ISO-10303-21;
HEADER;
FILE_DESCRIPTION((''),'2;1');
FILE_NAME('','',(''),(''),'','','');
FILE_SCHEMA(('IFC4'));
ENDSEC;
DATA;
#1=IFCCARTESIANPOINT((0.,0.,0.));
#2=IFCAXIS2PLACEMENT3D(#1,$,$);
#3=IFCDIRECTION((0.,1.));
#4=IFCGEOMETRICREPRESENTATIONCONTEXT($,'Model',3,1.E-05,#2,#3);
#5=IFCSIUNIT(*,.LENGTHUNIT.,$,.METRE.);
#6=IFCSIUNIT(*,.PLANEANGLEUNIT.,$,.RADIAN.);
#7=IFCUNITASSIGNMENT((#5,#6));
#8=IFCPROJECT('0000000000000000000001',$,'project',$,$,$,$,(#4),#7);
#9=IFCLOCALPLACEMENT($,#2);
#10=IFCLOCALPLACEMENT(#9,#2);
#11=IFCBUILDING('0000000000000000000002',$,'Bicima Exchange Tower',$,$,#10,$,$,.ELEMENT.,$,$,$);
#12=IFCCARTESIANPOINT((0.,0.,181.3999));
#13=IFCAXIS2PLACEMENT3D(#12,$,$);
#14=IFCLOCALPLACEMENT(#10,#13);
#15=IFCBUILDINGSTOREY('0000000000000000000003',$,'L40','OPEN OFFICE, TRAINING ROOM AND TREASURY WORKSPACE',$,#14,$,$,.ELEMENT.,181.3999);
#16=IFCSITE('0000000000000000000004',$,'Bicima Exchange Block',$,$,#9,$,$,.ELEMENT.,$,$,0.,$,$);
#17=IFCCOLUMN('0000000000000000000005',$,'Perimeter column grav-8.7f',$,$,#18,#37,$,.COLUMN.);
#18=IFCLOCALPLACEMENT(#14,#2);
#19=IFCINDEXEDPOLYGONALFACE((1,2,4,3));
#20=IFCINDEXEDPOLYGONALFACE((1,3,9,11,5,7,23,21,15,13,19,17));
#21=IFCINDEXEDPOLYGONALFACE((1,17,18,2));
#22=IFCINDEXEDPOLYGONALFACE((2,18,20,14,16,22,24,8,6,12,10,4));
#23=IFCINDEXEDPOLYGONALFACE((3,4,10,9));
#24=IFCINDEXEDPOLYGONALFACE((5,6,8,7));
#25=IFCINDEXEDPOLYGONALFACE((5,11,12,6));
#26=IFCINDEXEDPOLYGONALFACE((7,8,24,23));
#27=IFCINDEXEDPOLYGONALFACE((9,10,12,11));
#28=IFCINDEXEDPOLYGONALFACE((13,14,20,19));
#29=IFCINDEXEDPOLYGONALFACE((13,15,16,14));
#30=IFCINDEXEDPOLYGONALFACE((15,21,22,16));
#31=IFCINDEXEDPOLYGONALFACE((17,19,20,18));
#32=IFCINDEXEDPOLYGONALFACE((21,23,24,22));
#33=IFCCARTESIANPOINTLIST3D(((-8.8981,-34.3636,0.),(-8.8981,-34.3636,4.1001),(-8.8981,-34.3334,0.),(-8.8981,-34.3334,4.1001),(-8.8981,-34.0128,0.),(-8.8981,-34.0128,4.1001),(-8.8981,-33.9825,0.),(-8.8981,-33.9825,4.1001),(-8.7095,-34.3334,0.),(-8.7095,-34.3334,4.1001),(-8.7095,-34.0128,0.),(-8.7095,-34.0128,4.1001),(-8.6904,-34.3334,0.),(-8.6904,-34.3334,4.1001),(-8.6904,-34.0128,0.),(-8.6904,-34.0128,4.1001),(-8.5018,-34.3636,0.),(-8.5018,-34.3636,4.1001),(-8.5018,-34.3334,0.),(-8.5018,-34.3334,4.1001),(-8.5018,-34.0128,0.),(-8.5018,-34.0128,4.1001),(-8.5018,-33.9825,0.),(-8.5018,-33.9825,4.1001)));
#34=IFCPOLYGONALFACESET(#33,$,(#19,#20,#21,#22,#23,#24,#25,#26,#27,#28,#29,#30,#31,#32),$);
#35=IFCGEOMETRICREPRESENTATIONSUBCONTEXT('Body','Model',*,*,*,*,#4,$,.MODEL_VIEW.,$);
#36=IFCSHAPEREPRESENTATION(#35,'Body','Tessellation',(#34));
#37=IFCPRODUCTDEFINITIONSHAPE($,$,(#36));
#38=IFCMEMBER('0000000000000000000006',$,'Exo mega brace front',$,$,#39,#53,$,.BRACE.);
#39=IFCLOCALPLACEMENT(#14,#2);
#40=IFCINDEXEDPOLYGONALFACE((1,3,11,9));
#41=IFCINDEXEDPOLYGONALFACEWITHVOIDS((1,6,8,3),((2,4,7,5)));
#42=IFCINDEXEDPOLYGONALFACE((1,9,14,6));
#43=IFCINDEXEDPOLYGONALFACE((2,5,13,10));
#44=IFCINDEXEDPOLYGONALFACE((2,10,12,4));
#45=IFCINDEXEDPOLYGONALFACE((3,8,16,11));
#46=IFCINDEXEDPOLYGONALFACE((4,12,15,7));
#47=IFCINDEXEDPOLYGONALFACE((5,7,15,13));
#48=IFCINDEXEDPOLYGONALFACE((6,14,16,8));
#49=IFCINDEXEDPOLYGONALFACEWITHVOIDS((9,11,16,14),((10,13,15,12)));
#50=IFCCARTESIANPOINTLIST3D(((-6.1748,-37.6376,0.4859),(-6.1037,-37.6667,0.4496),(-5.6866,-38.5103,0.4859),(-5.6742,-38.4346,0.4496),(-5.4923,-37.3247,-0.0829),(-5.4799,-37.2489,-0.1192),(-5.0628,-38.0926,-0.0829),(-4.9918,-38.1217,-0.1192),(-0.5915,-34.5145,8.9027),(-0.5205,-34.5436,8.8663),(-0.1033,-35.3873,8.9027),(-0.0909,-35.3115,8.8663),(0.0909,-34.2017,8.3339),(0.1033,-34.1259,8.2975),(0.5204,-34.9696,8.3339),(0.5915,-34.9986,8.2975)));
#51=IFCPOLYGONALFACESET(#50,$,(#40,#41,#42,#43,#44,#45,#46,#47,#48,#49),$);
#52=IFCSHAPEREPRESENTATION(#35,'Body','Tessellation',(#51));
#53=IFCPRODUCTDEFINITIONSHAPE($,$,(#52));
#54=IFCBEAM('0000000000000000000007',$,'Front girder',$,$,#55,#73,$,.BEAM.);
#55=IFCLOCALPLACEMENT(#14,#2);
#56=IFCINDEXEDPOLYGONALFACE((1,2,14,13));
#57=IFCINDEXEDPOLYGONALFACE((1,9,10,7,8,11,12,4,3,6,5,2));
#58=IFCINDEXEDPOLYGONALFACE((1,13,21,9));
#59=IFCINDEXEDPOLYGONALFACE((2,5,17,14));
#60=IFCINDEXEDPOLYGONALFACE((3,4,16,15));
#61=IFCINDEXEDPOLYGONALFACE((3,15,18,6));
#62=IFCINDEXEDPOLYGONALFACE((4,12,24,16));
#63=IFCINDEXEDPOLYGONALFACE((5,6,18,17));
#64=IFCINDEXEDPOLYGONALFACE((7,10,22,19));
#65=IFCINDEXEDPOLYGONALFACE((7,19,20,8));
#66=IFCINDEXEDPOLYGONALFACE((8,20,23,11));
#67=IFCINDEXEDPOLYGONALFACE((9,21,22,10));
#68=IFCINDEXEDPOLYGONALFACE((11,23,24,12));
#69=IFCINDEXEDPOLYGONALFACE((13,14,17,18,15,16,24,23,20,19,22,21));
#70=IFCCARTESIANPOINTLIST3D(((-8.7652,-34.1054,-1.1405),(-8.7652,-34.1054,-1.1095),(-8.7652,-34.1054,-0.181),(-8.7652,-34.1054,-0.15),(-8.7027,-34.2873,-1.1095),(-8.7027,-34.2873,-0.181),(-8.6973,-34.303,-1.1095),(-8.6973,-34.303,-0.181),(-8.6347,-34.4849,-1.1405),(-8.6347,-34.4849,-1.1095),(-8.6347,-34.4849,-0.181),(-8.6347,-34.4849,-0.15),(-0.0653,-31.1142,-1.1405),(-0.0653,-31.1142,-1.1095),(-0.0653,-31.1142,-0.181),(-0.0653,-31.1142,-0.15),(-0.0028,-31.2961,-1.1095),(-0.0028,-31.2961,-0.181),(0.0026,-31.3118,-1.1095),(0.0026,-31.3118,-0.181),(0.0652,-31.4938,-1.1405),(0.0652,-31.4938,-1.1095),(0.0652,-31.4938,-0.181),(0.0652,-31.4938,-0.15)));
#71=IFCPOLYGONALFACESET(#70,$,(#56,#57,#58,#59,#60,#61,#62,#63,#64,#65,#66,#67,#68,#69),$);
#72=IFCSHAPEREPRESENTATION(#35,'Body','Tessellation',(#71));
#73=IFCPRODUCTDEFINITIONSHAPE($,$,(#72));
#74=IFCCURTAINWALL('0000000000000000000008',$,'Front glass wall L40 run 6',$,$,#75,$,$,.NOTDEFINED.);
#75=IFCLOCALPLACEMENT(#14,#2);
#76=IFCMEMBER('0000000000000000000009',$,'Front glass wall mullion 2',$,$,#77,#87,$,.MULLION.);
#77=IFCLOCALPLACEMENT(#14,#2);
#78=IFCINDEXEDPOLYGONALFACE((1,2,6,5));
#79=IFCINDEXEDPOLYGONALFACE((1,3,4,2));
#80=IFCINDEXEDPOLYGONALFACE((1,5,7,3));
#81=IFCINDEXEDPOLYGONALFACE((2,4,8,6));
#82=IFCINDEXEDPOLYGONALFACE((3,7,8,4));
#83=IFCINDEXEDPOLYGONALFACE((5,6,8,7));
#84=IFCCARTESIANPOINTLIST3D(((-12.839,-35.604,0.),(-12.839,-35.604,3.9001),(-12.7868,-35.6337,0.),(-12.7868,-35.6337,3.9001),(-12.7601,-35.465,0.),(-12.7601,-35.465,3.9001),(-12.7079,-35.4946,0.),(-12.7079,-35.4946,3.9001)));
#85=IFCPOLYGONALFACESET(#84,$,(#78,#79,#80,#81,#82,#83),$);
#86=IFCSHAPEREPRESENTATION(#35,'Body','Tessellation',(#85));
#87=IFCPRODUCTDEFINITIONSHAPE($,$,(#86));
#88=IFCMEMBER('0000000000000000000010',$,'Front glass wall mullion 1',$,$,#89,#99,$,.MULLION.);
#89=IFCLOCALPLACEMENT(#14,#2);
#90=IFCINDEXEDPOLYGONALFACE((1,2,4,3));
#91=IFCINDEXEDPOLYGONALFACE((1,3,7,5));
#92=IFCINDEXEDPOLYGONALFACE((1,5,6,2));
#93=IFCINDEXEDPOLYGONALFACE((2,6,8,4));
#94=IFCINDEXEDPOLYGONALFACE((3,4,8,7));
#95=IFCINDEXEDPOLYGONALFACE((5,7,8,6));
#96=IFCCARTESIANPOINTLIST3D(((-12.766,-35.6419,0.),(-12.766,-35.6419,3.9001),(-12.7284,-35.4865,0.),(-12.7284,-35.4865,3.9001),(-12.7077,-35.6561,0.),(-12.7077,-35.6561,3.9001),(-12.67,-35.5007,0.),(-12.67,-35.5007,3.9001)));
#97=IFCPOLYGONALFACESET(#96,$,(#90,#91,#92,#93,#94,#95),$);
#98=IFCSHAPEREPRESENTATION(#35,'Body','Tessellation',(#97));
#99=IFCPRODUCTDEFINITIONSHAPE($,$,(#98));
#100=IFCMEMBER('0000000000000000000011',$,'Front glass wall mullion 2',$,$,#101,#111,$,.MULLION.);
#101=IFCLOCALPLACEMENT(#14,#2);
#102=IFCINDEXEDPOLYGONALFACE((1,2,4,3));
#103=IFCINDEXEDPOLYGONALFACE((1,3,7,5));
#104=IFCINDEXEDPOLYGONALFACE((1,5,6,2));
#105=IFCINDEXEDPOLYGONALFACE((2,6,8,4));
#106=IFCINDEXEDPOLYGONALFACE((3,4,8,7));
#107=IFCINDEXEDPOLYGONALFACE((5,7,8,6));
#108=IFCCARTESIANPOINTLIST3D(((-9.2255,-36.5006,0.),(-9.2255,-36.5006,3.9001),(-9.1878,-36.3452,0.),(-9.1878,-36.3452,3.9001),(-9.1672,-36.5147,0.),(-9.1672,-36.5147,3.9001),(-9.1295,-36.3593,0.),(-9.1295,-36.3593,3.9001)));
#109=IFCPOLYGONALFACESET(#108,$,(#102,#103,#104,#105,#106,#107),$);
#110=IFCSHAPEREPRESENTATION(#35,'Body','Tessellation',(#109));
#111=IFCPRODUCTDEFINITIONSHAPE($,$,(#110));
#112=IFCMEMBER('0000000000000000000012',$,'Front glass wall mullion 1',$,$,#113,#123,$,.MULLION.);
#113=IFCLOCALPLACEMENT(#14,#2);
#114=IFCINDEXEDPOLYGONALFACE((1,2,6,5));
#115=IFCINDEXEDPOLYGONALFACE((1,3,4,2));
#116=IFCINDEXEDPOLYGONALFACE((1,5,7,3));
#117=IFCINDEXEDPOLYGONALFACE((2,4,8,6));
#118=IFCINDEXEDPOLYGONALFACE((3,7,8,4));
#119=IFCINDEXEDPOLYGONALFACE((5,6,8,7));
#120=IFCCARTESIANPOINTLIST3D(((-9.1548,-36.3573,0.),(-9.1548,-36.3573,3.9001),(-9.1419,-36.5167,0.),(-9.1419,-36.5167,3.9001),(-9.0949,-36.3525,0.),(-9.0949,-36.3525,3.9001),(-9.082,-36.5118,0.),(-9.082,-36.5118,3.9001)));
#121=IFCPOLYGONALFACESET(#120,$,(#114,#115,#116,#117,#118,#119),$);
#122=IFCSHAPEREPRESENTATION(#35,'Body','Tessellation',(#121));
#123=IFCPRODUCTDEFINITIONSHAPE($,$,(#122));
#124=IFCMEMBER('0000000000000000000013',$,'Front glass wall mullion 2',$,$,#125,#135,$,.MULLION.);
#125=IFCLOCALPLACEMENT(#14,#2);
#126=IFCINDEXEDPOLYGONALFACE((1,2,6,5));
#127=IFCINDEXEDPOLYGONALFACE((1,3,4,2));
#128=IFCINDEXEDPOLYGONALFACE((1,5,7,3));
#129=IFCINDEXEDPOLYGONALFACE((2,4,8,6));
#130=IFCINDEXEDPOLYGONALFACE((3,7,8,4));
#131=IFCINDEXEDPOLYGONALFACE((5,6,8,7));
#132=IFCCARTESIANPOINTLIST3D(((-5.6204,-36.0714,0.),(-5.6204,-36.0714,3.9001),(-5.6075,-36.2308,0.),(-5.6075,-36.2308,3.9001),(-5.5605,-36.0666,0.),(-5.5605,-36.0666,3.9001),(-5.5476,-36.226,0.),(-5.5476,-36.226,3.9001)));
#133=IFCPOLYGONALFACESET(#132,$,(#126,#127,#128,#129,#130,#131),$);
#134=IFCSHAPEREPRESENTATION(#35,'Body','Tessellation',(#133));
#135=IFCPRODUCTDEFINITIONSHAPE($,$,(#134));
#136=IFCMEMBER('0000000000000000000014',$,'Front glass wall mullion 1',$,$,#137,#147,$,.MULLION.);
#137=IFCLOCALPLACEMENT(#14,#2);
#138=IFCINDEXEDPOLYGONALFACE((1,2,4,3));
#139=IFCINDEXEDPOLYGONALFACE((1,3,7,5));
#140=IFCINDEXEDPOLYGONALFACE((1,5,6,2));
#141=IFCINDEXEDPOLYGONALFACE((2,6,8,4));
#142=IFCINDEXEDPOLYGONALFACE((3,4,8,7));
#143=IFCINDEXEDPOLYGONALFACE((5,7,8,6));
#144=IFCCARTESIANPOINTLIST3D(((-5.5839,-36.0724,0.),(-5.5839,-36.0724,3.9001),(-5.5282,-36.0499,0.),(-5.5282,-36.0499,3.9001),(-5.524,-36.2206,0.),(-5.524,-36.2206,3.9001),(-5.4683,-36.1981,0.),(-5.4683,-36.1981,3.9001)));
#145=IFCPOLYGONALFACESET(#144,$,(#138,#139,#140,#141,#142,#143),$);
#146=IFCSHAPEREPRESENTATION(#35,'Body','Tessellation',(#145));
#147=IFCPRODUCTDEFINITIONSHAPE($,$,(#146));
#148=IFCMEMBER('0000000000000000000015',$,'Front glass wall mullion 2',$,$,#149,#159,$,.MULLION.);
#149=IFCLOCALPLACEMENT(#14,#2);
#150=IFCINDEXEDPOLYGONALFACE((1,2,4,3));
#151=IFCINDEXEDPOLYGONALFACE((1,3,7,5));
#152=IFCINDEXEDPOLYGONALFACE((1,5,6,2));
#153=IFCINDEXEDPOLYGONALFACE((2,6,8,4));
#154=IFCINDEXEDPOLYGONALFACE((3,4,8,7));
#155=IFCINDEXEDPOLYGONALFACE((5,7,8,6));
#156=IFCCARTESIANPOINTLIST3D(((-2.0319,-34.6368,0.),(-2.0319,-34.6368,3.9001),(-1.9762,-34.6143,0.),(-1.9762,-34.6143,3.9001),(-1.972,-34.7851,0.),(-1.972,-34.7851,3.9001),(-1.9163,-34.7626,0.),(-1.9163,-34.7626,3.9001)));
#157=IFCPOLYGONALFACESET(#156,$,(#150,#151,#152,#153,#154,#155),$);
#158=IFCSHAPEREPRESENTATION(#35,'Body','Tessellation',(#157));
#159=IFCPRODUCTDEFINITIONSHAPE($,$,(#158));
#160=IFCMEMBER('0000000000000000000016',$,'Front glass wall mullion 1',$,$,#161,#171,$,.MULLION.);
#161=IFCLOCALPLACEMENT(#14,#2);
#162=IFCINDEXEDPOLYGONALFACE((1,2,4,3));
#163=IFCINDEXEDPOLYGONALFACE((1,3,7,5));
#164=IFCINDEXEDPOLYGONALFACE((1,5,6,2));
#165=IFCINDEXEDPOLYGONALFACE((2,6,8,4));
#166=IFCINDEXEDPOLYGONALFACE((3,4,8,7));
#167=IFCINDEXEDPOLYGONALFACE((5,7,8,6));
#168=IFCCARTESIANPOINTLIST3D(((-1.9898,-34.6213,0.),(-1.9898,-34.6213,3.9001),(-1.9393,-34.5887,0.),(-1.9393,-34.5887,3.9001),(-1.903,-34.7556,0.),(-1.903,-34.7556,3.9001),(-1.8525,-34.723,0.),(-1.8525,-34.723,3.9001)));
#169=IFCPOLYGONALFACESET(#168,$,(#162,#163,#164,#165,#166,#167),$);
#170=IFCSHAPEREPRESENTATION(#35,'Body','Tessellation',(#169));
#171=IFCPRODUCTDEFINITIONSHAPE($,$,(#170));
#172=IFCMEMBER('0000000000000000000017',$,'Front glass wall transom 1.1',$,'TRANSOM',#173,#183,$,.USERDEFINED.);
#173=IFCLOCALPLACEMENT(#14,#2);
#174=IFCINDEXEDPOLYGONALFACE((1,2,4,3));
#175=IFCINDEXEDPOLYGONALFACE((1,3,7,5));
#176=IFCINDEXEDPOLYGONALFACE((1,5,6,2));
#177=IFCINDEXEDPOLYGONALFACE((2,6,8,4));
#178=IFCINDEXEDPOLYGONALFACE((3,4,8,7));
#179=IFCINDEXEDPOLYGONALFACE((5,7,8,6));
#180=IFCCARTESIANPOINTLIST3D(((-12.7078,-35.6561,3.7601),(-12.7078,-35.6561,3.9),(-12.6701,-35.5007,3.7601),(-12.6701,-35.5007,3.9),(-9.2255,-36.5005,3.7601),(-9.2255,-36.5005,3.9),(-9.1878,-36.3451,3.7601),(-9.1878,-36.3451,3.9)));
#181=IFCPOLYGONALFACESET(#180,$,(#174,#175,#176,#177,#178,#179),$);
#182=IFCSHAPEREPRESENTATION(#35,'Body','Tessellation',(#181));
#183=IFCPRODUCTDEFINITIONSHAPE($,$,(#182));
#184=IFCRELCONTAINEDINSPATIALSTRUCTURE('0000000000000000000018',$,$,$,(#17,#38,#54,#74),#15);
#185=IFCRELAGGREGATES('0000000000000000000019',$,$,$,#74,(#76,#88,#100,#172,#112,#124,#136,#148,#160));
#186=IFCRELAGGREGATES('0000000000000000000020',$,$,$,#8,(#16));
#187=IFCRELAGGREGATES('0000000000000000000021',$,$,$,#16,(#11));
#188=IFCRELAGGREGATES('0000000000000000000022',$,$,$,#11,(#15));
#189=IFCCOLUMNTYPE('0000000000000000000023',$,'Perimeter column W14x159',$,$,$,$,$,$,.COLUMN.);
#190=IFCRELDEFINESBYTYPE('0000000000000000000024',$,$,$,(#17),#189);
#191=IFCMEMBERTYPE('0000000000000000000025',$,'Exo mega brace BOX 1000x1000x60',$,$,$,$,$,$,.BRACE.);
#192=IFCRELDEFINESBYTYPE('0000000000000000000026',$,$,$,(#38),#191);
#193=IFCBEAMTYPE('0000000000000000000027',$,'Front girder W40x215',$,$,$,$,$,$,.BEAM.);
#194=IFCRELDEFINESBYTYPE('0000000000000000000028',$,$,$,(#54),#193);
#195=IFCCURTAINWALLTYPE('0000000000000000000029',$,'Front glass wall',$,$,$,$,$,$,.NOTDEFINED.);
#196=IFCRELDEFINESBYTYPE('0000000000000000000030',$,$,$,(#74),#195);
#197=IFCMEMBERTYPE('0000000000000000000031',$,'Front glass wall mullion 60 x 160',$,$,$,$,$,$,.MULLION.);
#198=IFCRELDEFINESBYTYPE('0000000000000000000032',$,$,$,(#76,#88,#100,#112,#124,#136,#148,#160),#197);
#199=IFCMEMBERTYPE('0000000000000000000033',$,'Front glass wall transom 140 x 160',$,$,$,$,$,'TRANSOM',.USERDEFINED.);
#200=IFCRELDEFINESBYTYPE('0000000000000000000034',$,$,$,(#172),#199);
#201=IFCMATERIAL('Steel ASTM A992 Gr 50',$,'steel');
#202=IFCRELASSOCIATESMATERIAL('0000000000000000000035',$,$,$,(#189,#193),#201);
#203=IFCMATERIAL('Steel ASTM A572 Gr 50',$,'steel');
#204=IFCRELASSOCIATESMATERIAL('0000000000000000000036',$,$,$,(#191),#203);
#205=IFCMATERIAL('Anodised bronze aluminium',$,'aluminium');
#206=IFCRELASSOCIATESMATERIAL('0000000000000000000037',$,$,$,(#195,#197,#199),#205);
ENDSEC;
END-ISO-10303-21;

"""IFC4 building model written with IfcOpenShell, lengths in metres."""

from ifc_helpers import new_model, si_unit, direction, frame, origin, origin_2d, place, context, subcontext, project, spatial, rectangle, hollow_rectangle, i_section, extrude, material, material_profile, profile_set, type_object, element, aggregate, save


model = new_model("IFC4")

# Units and contexts
model_context = context("Model", 3, precision=1e-05, world=origin(), true_north=direction((0.0, 1.0)))
body_context = subcontext(model_context, "Body", "Model", "MODEL_VIEW")
ifc_project = project(units=[si_unit("LENGTHUNIT", "METRE"), si_unit("PLANEANGLEUNIT", "RADIAN")], contexts=[model_context])

# Site, building, storey
site_placement = place(None, origin())
site = spatial("IfcSite", under=ifc_project, at=site_placement, Name="Bicima Exchange Block", CompositionType="ELEMENT", RefElevation=0.0)
building_placement = place(site_placement, origin())
building = spatial("IfcBuilding", under=site, at=building_placement, Name="Bicima Exchange Tower", CompositionType="ELEMENT")
storey_placement = place(building_placement, frame((0.0, 0.0, 181.3999)))
storey = spatial("IfcBuildingStorey", under=building, at=storey_placement, Name="L40", Description="OPEN OFFICE, TRAINING ROOM AND TREASURY WORKSPACE", CompositionType="ELEMENT", Elevation=181.3999)

# Column
ifc_material_1 = material(Name="Steel ASTM A992 Gr 50", Category="steel")
ifc_material_profile_1 = material_profile(ifc_material_1, i_section(OverallWidth=0.3962, OverallDepth=0.3811, WebThickness=0.019, FlangeThickness=0.0303, at=origin_2d()))
ifc_profile_set_1 = profile_set([ifc_material_profile_1], Name="Steel ASTM A992 Gr 50")
column_type = type_object("IfcColumnType", Name="Perimeter column W14x159", PredefinedType="COLUMN", material=ifc_profile_set_1)
column_placement = place(storey_placement, frame((-8.7, -34.1731, 0.0), z_axis=(0.0, 0.0, 1.0), x_axis=(1.0, 0.0, 0.0)))
element("IfcColumn", 1, at=column_placement, inside=storey, type_object=column_type, Name="Perimeter column grav-8.7f", PredefinedType="COLUMN", context=body_context, shape_type="SweptSolid", body=[
    extrude(i_section(OverallWidth=0.3962, OverallDepth=0.3811, WebThickness=0.019, FlangeThickness=0.0303, at=origin_2d()), origin(), (0.0, 0.0, 1.0), 4.1001),
])

# Member
ifc_material_2 = material(Name="Steel ASTM A572 Gr 50", Category="steel")
ifc_material_profile_2 = material_profile(ifc_material_2, hollow_rectangle(XDim=1.0, YDim=1.0, WallThickness=0.0601, at=origin_2d()))
ifc_profile_set_2 = profile_set([ifc_material_profile_2], Name="Steel ASTM A572 Gr 50")
member_type_1 = type_object("IfcMemberType", Name="Exo mega brace BOX 1000x1000x60", PredefinedType="BRACE", material=ifc_profile_set_2)
member_1_placement = place(storey_placement, frame((-5.5833, -37.8796, 0.1833), z_axis=(0.528116, 0.295407, 0.796134), x_axis=(-0.488178, 0.872744, 0.0)))
element("IfcMember", 2, at=member_1_placement, inside=storey, type_object=member_type_1, Name="Exo mega brace front", PredefinedType="BRACE", context=body_context, shape_type="SweptSolid", body=[
    extrude(hollow_rectangle(XDim=1.0, YDim=1.0, WallThickness=0.0601, at=origin_2d()), origin(), (0.0, 0.0, 1.0), 10.572),
])

# Beam
ifc_material_profile_3 = material_profile(ifc_material_1, i_section(OverallWidth=0.4014, OverallDepth=0.9905, WebThickness=0.0166, FlangeThickness=0.031, at=origin_2d()))
ifc_profile_set_3 = profile_set([ifc_material_profile_3], Name="Steel ASTM A992 Gr 50")
beam_type = type_object("IfcBeamType", Name="Front girder W40x215", PredefinedType="BEAM", material=ifc_profile_set_3)
beam_placement = place(storey_placement, frame((-8.7, -34.2952, -0.6453), z_axis=(0.945666, 0.325138, 0.0), x_axis=(-0.325138, 0.945666, 0.0)))
element("IfcBeam", 3, at=beam_placement, inside=storey, type_object=beam_type, Name="Front girder", PredefinedType="BEAM", context=body_context, shape_type="SweptSolid", body=[
    extrude(i_section(OverallWidth=0.4014, OverallDepth=0.9905, WebThickness=0.0166, FlangeThickness=0.031, at=origin_2d()), origin(), (0.0, 0.0, 1.0), 9.1997),
])

# Curtain wall, members
ifc_material_3 = material(Name="Anodised bronze aluminium", Category="aluminium")
curtain_wall_type = type_object("IfcCurtainWallType", Name="Front glass wall", PredefinedType="NOTDEFINED", material=ifc_material_3)
curtain_wall_placement = place(storey_placement, origin())
curtain_wall = element("IfcCurtainWall", 4, at=curtain_wall_placement, inside=storey, type_object=curtain_wall_type, Name="Front glass wall L40 run 6", PredefinedType="NOTDEFINED")
ifc_material_profile_4 = material_profile(ifc_material_3, rectangle(XDim=0.1599, YDim=0.0601, at=origin_2d()))
ifc_profile_set_4 = profile_set([ifc_material_profile_4], Name="Anodised bronze aluminium")
member_type_2 = type_object("IfcMemberType", Name="Front glass wall mullion 60 x 160", PredefinedType="MULLION", material=ifc_profile_set_4)
member_2_placement = place(storey_placement, frame((-12.7734, -35.5493, 0.0), z_axis=(0.0, 0.0, 1.0), x_axis=(0.493395, 0.869805, 0.0)))
member_2 = element("IfcMember", 5, at=member_2_placement, type_object=member_type_2, Name="Front glass wall mullion 2", PredefinedType="MULLION", context=body_context, shape_type="SweptSolid", body=[
    extrude(rectangle(XDim=0.1599, YDim=0.0601, at=origin_2d()), origin(), (0.0, 0.0, 1.0), 3.9001),
])
member_3_placement = place(storey_placement, frame((-12.718, -35.5713, 0.0), z_axis=(0.0, 0.0, 1.0), x_axis=(0.235682, 0.97183, 0.0)))
member_3 = element("IfcMember", 6, at=member_3_placement, type_object=member_type_2, Name="Front glass wall mullion 1", PredefinedType="MULLION", context=body_context, shape_type="SweptSolid", body=[
    extrude(rectangle(XDim=0.1599, YDim=0.0601, at=origin_2d()), origin(), (0.0, 0.0, 1.0), 3.9001),
])
member_4_placement = place(storey_placement, frame((-9.1775, -36.4299, 0.0), z_axis=(0.0, 0.0, 1.0), x_axis=(0.235682, 0.97183, 0.0)))
member_4 = element("IfcMember", 7, at=member_4_placement, type_object=member_type_2, Name="Front glass wall mullion 2", PredefinedType="MULLION", context=body_context, shape_type="SweptSolid", body=[
    extrude(rectangle(XDim=0.1599, YDim=0.0601, at=origin_2d()), origin(), (0.0, 0.0, 1.0), 3.9001),
])
member_5_placement = place(storey_placement, frame((-9.1184, -36.4346, 0.0), z_axis=(0.0, 0.0, 1.0), x_axis=(-0.080589, 0.996747, 0.0)))
member_5 = element("IfcMember", 8, at=member_5_placement, type_object=member_type_2, Name="Front glass wall mullion 1", PredefinedType="MULLION", context=body_context, shape_type="SweptSolid", body=[
    extrude(rectangle(XDim=0.1599, YDim=0.0601, at=origin_2d()), origin(), (0.0, 0.0, 1.0), 3.9001),
])
member_6_placement = place(storey_placement, frame((-5.584, -36.1487, 0.0), z_axis=(0.0, 0.0, 1.0), x_axis=(-0.080589, 0.996747, 0.0)))
member_6 = element("IfcMember", 9, at=member_6_placement, type_object=member_type_2, Name="Front glass wall mullion 2", PredefinedType="MULLION", context=body_context, shape_type="SweptSolid", body=[
    extrude(rectangle(XDim=0.1599, YDim=0.0601, at=origin_2d()), origin(), (0.0, 0.0, 1.0), 3.9001),
])
member_7_placement = place(storey_placement, frame((-5.5261, -36.1353, 0.0), z_axis=(0.0, 0.0, 1.0), x_axis=(-0.374705, 0.927144, 0.0)))
member_7 = element("IfcMember", 10, at=member_7_placement, type_object=member_type_2, Name="Front glass wall mullion 1", PredefinedType="MULLION", context=body_context, shape_type="SweptSolid", body=[
    extrude(rectangle(XDim=0.1599, YDim=0.0601, at=origin_2d()), origin(), (0.0, 0.0, 1.0), 3.9001),
])
member_8_placement = place(storey_placement, frame((-1.9741, -34.6997, 0.0), z_axis=(0.0, 0.0, 1.0), x_axis=(-0.374705, 0.927144, 0.0)))
member_8 = element("IfcMember", 11, at=member_8_placement, type_object=member_type_2, Name="Front glass wall mullion 2", PredefinedType="MULLION", context=body_context, shape_type="SweptSolid", body=[
    extrude(rectangle(XDim=0.1599, YDim=0.0601, at=origin_2d()), origin(), (0.0, 0.0, 1.0), 3.9001),
])
member_9_placement = place(storey_placement, frame((-1.9211, -34.6721, 0.0), z_axis=(0.0, 0.0, 1.0), x_axis=(-0.542897, 0.839799, 0.0)))
member_9 = element("IfcMember", 12, at=member_9_placement, type_object=member_type_2, Name="Front glass wall mullion 1", PredefinedType="MULLION", context=body_context, shape_type="SweptSolid", body=[
    extrude(rectangle(XDim=0.1599, YDim=0.0601, at=origin_2d()), origin(), (0.0, 0.0, 1.0), 3.9001),
])
ifc_material_profile_5 = material_profile(ifc_material_3, rectangle(XDim=0.1599, YDim=0.1399, at=origin_2d()))
ifc_profile_set_5 = profile_set([ifc_material_profile_5], Name="Anodised bronze aluminium")
member_type_3 = type_object("IfcMemberType", Name="Front glass wall transom 140 x 160", ElementType="TRANSOM", PredefinedType="USERDEFINED", material=ifc_profile_set_5)
member_10_placement = place(storey_placement, frame((-12.689, -35.5784, 3.8301), z_axis=(0.971834, -0.235668, 0.0), x_axis=(0.235668, 0.971834, 0.0)))
member_10 = element("IfcMember", 13, at=member_10_placement, type_object=member_type_3, Name="Front glass wall transom 1.1", ObjectType="TRANSOM", PredefinedType="USERDEFINED", context=body_context, shape_type="SweptSolid", body=[
    extrude(rectangle(XDim=0.1599, YDim=0.1399, at=origin_2d()), origin(), (0.0, 0.0, 1.0), 3.5833),
])
aggregate(curtain_wall, [member_2, member_3, member_4, member_10, member_5, member_6, member_7, member_8, member_9])

save(model, "model.ifc")
